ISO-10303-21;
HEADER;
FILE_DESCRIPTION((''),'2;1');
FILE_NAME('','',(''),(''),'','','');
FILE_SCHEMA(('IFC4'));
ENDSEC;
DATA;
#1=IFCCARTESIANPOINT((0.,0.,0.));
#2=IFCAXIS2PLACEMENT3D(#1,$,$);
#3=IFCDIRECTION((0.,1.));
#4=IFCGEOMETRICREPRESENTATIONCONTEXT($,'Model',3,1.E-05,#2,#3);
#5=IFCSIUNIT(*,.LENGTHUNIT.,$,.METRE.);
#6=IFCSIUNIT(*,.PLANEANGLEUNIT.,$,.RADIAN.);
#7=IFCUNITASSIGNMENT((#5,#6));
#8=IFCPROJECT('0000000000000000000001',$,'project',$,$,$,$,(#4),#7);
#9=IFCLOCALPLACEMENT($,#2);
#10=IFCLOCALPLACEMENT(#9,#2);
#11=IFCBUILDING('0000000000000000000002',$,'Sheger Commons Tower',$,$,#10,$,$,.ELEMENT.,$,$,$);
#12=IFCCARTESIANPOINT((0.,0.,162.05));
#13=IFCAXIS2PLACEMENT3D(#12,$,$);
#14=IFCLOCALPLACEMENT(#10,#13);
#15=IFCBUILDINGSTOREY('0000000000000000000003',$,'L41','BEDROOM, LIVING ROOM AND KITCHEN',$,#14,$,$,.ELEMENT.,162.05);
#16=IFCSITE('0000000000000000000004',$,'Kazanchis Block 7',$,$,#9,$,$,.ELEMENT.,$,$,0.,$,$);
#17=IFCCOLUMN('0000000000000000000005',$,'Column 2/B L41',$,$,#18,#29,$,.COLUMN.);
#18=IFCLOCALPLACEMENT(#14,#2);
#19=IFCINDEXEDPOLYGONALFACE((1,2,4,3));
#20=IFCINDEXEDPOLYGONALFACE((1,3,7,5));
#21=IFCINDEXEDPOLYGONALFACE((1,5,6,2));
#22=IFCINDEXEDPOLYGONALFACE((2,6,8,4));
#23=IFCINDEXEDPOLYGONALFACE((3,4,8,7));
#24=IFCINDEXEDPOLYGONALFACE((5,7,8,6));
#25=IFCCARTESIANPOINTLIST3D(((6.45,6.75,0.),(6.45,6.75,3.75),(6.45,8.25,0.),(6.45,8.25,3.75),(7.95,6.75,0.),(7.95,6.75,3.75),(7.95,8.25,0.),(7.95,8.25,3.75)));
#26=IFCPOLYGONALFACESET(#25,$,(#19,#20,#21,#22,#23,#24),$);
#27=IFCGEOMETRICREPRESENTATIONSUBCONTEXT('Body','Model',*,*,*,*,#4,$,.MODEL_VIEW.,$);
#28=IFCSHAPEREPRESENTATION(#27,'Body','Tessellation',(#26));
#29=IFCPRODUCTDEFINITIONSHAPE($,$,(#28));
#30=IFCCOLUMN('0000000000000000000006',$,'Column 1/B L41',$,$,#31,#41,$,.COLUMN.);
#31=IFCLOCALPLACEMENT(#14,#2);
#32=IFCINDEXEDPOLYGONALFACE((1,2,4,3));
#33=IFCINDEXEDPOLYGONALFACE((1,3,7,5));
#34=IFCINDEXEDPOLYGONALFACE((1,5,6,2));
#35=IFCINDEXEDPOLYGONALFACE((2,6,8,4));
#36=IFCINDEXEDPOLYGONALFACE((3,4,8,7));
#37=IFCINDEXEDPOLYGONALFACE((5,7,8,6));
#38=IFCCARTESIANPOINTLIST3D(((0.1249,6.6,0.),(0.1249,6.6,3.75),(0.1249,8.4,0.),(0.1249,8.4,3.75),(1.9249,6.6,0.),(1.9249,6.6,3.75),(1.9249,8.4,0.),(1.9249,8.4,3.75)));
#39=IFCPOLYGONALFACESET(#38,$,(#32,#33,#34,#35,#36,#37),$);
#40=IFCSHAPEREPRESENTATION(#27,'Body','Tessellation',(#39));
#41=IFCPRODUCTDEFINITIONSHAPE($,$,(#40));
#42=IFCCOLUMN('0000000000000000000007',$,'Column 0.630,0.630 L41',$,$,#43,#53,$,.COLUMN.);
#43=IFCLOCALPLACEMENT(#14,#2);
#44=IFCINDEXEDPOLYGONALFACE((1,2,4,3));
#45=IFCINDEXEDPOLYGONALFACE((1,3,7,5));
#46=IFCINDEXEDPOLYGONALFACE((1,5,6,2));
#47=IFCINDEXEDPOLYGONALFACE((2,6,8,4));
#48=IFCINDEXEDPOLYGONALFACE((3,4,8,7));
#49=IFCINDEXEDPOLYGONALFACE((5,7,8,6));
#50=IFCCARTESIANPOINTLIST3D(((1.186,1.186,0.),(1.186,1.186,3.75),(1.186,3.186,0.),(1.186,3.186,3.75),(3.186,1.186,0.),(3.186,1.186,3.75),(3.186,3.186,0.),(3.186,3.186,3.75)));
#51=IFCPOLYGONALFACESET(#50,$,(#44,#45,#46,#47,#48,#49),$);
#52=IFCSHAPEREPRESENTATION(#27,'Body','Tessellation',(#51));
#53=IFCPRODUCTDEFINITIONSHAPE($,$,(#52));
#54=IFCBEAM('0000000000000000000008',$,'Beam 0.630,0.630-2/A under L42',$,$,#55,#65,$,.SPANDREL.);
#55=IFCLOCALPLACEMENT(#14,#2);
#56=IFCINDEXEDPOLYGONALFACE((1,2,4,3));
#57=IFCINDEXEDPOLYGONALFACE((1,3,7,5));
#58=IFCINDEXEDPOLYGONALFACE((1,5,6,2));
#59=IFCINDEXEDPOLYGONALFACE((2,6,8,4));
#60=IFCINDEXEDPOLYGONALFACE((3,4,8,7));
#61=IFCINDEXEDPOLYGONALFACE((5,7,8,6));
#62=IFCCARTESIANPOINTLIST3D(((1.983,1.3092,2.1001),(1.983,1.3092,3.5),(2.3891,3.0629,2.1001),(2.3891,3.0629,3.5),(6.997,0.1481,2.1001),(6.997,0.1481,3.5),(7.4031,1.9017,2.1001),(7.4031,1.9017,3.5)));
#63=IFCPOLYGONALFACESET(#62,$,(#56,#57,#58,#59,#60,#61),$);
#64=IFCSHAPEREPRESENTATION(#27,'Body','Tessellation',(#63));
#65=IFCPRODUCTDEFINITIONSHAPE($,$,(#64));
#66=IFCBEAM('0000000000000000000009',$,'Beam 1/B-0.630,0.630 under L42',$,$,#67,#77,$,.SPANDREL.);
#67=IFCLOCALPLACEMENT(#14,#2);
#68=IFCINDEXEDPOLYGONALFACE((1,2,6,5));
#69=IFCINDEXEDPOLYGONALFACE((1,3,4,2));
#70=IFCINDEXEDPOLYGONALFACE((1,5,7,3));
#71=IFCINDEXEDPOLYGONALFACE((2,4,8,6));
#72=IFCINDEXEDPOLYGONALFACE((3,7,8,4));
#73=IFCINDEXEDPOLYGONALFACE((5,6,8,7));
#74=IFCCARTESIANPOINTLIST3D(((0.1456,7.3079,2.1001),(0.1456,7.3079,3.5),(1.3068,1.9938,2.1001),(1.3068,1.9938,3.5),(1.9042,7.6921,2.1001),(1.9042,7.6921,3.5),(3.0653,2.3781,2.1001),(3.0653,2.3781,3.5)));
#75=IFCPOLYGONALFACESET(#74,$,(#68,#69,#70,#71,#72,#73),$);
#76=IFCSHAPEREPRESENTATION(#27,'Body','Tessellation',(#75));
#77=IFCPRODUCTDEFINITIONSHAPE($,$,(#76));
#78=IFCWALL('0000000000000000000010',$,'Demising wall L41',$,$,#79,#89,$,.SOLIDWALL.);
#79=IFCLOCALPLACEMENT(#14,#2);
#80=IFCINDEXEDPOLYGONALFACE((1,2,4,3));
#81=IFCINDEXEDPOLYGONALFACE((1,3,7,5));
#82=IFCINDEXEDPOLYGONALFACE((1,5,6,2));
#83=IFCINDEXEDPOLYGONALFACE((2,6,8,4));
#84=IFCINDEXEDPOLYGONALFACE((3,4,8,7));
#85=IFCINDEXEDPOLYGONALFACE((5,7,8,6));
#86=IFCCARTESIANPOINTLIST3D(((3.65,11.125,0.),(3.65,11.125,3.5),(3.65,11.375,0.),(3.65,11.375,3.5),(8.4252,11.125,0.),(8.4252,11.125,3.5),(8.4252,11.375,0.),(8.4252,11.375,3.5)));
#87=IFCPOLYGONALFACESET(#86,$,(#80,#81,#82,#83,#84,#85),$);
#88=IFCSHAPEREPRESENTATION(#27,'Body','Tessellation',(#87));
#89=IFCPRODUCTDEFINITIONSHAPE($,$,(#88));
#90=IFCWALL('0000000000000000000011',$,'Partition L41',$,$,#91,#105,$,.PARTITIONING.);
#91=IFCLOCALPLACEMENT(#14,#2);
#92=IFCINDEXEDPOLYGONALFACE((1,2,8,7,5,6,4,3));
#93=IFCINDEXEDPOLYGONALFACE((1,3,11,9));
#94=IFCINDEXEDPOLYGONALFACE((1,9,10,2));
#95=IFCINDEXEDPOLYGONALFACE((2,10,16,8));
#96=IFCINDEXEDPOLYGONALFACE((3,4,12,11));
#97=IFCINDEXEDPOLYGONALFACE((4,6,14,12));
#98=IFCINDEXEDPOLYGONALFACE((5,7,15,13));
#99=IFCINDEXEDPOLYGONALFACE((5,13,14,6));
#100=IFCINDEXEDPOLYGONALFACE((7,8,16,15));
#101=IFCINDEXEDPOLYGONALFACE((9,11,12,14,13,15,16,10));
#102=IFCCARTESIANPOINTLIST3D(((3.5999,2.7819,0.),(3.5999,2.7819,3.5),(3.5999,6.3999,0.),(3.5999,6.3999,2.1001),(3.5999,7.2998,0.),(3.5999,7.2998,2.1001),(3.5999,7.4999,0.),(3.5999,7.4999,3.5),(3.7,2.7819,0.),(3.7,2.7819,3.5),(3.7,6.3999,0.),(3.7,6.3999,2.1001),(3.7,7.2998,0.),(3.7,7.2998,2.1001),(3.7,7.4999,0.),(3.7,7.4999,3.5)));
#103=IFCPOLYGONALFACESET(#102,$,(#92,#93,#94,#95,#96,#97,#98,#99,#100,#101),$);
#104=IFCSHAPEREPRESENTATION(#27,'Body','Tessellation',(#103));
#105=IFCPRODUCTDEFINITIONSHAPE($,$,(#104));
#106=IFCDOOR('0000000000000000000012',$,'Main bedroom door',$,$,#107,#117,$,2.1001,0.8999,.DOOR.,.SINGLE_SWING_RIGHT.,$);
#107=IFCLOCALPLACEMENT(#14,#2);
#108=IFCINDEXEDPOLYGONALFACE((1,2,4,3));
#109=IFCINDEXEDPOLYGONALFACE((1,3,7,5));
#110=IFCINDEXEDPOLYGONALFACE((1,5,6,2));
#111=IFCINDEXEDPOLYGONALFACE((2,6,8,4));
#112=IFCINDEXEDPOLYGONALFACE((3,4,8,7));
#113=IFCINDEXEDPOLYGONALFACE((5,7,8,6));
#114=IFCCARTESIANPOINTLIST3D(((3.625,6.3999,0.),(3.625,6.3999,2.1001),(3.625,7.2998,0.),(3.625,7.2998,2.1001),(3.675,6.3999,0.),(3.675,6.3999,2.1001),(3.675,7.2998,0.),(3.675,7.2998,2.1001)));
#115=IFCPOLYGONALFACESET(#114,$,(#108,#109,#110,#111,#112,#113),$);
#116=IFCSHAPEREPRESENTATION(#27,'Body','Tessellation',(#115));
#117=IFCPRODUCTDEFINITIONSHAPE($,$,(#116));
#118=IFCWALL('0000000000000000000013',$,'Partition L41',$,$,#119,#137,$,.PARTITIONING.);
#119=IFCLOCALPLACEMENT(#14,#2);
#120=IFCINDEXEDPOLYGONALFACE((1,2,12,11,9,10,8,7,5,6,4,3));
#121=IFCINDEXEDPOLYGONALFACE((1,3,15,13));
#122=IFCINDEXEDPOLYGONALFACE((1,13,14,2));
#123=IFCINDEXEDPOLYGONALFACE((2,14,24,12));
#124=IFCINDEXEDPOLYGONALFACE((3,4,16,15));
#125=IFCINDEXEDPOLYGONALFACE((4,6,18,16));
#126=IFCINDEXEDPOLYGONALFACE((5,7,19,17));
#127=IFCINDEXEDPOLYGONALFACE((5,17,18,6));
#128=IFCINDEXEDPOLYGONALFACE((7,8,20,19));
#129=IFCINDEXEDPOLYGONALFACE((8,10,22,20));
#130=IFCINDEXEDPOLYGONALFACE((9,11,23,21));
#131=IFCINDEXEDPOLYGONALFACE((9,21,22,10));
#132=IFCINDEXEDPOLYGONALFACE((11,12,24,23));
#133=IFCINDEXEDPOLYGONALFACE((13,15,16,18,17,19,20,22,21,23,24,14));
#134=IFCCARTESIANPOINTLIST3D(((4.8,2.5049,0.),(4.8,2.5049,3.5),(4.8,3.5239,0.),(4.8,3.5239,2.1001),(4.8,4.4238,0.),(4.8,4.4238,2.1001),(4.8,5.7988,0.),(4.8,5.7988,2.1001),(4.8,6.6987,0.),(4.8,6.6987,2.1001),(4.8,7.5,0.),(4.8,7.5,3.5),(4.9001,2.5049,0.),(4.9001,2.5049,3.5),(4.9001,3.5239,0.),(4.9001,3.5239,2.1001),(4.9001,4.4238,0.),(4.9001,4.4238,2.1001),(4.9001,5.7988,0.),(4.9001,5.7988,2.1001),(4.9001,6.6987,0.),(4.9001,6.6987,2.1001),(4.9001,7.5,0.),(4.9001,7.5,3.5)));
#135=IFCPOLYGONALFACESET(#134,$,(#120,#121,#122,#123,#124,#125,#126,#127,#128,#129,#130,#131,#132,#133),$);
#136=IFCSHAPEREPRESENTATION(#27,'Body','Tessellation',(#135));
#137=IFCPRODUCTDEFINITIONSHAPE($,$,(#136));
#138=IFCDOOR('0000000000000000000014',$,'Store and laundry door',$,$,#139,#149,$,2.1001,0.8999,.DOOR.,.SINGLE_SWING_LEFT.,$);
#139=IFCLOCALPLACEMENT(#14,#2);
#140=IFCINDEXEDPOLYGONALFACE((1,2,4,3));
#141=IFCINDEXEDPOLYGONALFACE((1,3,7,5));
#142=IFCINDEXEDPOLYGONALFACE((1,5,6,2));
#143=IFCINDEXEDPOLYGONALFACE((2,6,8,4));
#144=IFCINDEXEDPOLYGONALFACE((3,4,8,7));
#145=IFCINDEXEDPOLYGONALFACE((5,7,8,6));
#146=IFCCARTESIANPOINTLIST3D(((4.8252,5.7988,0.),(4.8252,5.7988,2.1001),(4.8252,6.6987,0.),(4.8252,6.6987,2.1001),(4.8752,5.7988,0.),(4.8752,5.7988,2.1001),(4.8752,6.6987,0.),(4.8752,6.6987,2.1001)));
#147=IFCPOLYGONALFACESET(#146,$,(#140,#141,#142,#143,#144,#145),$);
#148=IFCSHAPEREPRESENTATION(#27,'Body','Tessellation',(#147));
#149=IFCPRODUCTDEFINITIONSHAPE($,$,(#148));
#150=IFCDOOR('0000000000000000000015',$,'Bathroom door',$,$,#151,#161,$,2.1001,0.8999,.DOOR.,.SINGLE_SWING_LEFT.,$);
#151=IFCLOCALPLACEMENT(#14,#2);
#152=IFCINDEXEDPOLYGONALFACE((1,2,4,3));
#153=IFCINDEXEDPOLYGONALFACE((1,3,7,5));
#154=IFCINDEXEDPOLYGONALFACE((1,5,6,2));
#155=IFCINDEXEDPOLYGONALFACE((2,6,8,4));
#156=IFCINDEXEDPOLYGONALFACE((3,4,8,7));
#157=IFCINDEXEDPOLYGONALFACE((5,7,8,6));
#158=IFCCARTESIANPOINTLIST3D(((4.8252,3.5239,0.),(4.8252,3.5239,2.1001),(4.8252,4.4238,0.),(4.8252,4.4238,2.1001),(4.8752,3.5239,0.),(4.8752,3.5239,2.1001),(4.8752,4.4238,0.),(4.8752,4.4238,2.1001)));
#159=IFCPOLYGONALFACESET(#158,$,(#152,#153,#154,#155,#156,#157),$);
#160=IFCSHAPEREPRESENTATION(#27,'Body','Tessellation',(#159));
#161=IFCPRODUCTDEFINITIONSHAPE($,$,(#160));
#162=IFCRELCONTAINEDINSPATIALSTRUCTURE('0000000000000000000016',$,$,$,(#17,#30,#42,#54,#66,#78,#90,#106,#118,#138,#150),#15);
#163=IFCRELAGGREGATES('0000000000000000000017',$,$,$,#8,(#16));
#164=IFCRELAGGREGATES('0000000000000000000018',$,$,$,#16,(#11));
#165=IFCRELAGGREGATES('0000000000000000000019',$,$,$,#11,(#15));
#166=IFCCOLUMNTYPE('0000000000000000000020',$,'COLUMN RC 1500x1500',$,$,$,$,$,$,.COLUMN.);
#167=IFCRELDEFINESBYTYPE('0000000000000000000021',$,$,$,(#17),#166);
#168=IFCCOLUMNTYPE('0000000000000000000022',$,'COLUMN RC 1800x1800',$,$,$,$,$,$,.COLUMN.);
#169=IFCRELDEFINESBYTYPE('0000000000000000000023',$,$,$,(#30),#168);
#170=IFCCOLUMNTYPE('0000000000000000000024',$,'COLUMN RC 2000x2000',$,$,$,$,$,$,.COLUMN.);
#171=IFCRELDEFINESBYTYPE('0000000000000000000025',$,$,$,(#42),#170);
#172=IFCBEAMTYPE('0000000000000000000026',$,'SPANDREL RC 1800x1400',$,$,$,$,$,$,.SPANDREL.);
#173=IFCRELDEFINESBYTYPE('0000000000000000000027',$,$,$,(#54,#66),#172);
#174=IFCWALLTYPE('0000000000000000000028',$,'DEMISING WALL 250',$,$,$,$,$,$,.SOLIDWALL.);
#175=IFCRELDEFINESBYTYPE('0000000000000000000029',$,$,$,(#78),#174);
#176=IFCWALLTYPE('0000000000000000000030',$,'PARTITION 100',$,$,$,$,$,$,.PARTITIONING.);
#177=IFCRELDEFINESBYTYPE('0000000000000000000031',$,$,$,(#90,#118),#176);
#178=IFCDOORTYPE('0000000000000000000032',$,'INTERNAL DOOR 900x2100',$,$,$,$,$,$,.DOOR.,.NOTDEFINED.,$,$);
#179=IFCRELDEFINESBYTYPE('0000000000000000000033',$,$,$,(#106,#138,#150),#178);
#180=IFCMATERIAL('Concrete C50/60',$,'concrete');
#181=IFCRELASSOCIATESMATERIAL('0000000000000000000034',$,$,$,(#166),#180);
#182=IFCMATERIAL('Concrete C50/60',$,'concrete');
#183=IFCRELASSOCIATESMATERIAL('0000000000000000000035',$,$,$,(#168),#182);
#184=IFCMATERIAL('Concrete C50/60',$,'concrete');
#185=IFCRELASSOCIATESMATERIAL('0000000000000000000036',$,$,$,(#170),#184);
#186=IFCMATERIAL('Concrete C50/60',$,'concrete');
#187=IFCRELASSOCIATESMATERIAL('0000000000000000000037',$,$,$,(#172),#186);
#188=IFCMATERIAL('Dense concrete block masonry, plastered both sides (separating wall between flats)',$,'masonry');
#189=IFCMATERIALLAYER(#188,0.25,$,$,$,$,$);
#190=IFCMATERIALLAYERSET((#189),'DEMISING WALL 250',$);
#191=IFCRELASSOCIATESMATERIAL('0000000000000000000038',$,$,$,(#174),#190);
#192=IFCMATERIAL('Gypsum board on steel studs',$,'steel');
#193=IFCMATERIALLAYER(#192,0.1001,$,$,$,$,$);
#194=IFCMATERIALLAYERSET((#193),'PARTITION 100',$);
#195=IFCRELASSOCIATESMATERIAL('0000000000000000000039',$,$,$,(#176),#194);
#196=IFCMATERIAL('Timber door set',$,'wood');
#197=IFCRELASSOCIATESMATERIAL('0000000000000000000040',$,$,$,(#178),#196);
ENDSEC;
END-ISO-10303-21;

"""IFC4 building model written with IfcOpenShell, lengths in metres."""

from ifc_helpers import new_model, si_unit, direction, frame, frame_2d, origin, origin_2d, place, context, subcontext, project, spatial, rectangle, extrude, material, layer, layer_set, material_profile, profile_set, type_object, element, fill, save


model = new_model("IFC4")

# Units and contexts
model_context = context("Model", 3, precision=1e-05, world=origin(), true_north=direction((0.0, 1.0)))
body_context = subcontext(model_context, "Body", "Model", "MODEL_VIEW")
ifc_project = project(units=[si_unit("LENGTHUNIT", "METRE"), si_unit("PLANEANGLEUNIT", "RADIAN")], contexts=[model_context])

# Site, building, storey
site_placement = place(None, origin())
site = spatial("IfcSite", under=ifc_project, at=site_placement, Name="Kazanchis Block 7", CompositionType="ELEMENT", RefElevation=0.0)
building_placement = place(site_placement, origin())
building = spatial("IfcBuilding", under=site, at=building_placement, Name="Sheger Commons Tower", CompositionType="ELEMENT")
storey_placement = place(building_placement, frame((0.0, 0.0, 162.05)))
storey = spatial("IfcBuildingStorey", under=building, at=storey_placement, Name="L41", Description="BEDROOM, LIVING ROOM AND KITCHEN", CompositionType="ELEMENT", Elevation=162.05)

# Columns
ifc_material_1 = material(Name="Concrete C50/60", Category="concrete")
ifc_material_profile_1 = material_profile(ifc_material_1, rectangle(XDim=1.5, YDim=1.5, at=origin_2d()), Name="RC 1500x1500")
ifc_profile_set_1 = profile_set([ifc_material_profile_1], Name="Concrete C50/60")
column_type_1 = type_object("IfcColumnType", Name="COLUMN RC 1500x1500", PredefinedType="COLUMN", material=ifc_profile_set_1)
column_1_placement = place(storey_placement, frame((7.2, 7.5, 0.0), z_axis=(0.0, 0.0, 1.0), x_axis=(1.0, 0.0, 0.0)))
element("IfcColumn", 1, at=column_1_placement, inside=storey, type_object=column_type_1, Name="Column 2/B L41", PredefinedType="COLUMN", context=body_context, shape_type="SweptSolid", body=[
    extrude(rectangle(XDim=1.5, YDim=1.5, at=origin_2d()), origin(), (0.0, 0.0, 1.0), 3.75),
])
ifc_material_2 = material(Name="Concrete C50/60", Category="concrete")
ifc_material_profile_2 = material_profile(ifc_material_2, rectangle(XDim=1.8, YDim=1.8, at=origin_2d()), Name="RC 1800x1800")
ifc_profile_set_2 = profile_set([ifc_material_profile_2], Name="Concrete C50/60")
column_type_2 = type_object("IfcColumnType", Name="COLUMN RC 1800x1800", PredefinedType="COLUMN", material=ifc_profile_set_2)
column_2_placement = place(storey_placement, frame((1.0249, 7.5, 0.0), z_axis=(0.0, 0.0, 1.0), x_axis=(1.0, 0.0, 0.0)))
element("IfcColumn", 2, at=column_2_placement, inside=storey, type_object=column_type_2, Name="Column 1/B L41", PredefinedType="COLUMN", context=body_context, shape_type="SweptSolid", body=[
    extrude(rectangle(XDim=1.8, YDim=1.8, at=origin_2d()), origin(), (0.0, 0.0, 1.0), 3.75),
])
ifc_material_3 = material(Name="Concrete C50/60", Category="concrete")
ifc_material_profile_3 = material_profile(ifc_material_3, rectangle(XDim=2.0, YDim=2.0, at=origin_2d()), Name="RC 2000x2000")
ifc_profile_set_3 = profile_set([ifc_material_profile_3], Name="Concrete C50/60")
column_type_3 = type_object("IfcColumnType", Name="COLUMN RC 2000x2000", PredefinedType="COLUMN", material=ifc_profile_set_3)
column_3_placement = place(storey_placement, frame((2.186, 2.186, 0.0), z_axis=(0.0, 0.0, 1.0), x_axis=(1.0, 0.0, 0.0)))
element("IfcColumn", 3, at=column_3_placement, inside=storey, type_object=column_type_3, Name="Column 0.630,0.630 L41", PredefinedType="COLUMN", context=body_context, shape_type="SweptSolid", body=[
    extrude(rectangle(XDim=2.0, YDim=2.0, at=origin_2d()), origin(), (0.0, 0.0, 1.0), 3.75),
])

# Beams
ifc_material_4 = material(Name="Concrete C50/60", Category="concrete")
ifc_material_profile_4 = material_profile(ifc_material_4, rectangle(XDim=1.8, YDim=1.3999, at=origin_2d()), Name="RC 1800x1400")
ifc_profile_set_4 = profile_set([ifc_material_profile_4], Name="Concrete C50/60")
beam_type = type_object("IfcBeamType", Name="SPANDREL RC 1800x1400", PredefinedType="SPANDREL", material=ifc_profile_set_4)
beam_1_placement = place(storey_placement, frame((2.186, 2.186, 2.8), z_axis=(0.974217, -0.225611, 0.0), x_axis=(0.225611, 0.974217, 0.0)))
element("IfcBeam", 4, at=beam_1_placement, inside=storey, type_object=beam_type, Name="Beam 0.630,0.630-2/A under L42", PredefinedType="SPANDREL", context=body_context, shape_type="SweptSolid", body=[
    extrude(rectangle(XDim=1.8, YDim=1.3999, at=origin_2d()), origin(), (0.0, 0.0, 1.0), 5.1467),
])
beam_2_placement = place(storey_placement, frame((1.0249, 7.5, 2.8), z_axis=(0.213469, -0.97695, 0.0), x_axis=(0.97695, 0.213469, 0.0)))
element("IfcBeam", 5, at=beam_2_placement, inside=storey, type_object=beam_type, Name="Beam 1/B-0.630,0.630 under L42", PredefinedType="SPANDREL", context=body_context, shape_type="SweptSolid", body=[
    extrude(rectangle(XDim=1.8, YDim=1.3999, at=origin_2d()), origin(), (0.0, 0.0, 1.0), 5.4395),
])

# Wall
ifc_material_5 = material(Name="Dense concrete block masonry, plastered both sides (separating wall between flats)", Category="masonry")
ifc_layer_1 = layer(ifc_material_5, 0.25)
ifc_layer_set_1 = layer_set([ifc_layer_1], Name="DEMISING WALL 250")
wall_type_1 = type_object("IfcWallType", Name="DEMISING WALL 250", PredefinedType="SOLIDWALL", material=ifc_layer_set_1)
wall_1_placement = place(storey_placement, frame((3.6499, 11.25, 0.0), z_axis=(0.0, 0.0, 1.0), x_axis=(1.0, 0.0, 0.0)))
element("IfcWall", 6, at=wall_1_placement, inside=storey, type_object=wall_type_1, Name="Demising wall L41", PredefinedType="SOLIDWALL", context=body_context, shape_type="SweptSolid", body=[
    extrude(rectangle(XDim=4.7751, YDim=0.25, at=frame_2d((2.3877, 0.0))), origin(), (0.0, 0.0, 1.0), 3.5),
])

# Wall, opening, door
ifc_material_6 = material(Name="Gypsum board on steel studs", Category="steel")
ifc_layer_2 = layer(ifc_material_6, 0.1001)
ifc_layer_set_2 = layer_set([ifc_layer_2], Name="PARTITION 100")
wall_type_2 = type_object("IfcWallType", Name="PARTITION 100", PredefinedType="PARTITIONING", material=ifc_layer_set_2)
wall_2_placement = place(storey_placement, frame((3.6499, 2.782, 0.0), z_axis=(0.0, 0.0, 1.0), x_axis=(0.0, 1.0, 0.0)))
wall_2 = element("IfcWall", 7, at=wall_2_placement, inside=storey, type_object=wall_type_2, Name="Partition L41", PredefinedType="PARTITIONING", context=body_context, shape_type="SweptSolid", body=[
    extrude(rectangle(XDim=4.718, YDim=0.1001, at=frame_2d((2.3589, 0.0))), origin(), (0.0, 0.0, 1.0), 3.5),
])
opening_1_placement = place(wall_2_placement, frame((3.6179, 0.0, 0.0)))
opening_1 = element("IfcOpeningElement", 8, at=opening_1_placement, cuts=wall_2, PredefinedType="OPENING", context=body_context, shape_type="SweptSolid", body=[
    extrude(rectangle(XDim=0.8999, YDim=2.1001, at=frame_2d((0.45, 1.05))), frame((0.0, 0.0601, 0.0), z_axis=(0.0, -1.0, 0.0), x_axis=(1.0, 0.0, 0.0)), (0.0, 0.0, 1.0), 0.1201),
])
ifc_material_7 = material(Name="Timber door set", Category="wood")
door_type = type_object("IfcDoorType", Name="INTERNAL DOOR 900x2100", OperationType="NOTDEFINED", PredefinedType="DOOR", material=ifc_material_7)
door_1_placement = place(opening_1_placement, origin())
door_1 = element("IfcDoor", 9, at=door_1_placement, inside=storey, type_object=door_type, Name="Main bedroom door", OperationType="SINGLE_SWING_RIGHT", OverallHeight=2.1001, OverallWidth=0.8999, PredefinedType="DOOR", context=body_context, shape_type="SweptSolid", body=[
    extrude(rectangle(XDim=0.8999, YDim=2.1001, at=frame_2d((0.45, 1.05))), frame((0.0, 0.0249, 0.0), z_axis=(0.0, -1.0, 0.0), x_axis=(1.0, 0.0, 0.0)), (0.0, 0.0, 1.0), 0.05),
])
fill(opening_1, door_1)

# Wall, openings, doors
wall_3_placement = place(storey_placement, frame((4.8501, 2.5049, 0.0), z_axis=(0.0, 0.0, 1.0), x_axis=(0.0, 1.0, 0.0)))
wall_3 = element("IfcWall", 10, at=wall_3_placement, inside=storey, type_object=wall_type_2, Name="Partition L41", PredefinedType="PARTITIONING", context=body_context, shape_type="SweptSolid", body=[
    extrude(rectangle(XDim=4.9951, YDim=0.1001, at=frame_2d((2.4976, 0.0))), origin(), (0.0, 0.0, 1.0), 3.5),
])
opening_2_placement = place(wall_3_placement, frame((3.2939, 0.0, 0.0)))
opening_2 = element("IfcOpeningElement", 11, at=opening_2_placement, cuts=wall_3, PredefinedType="OPENING", context=body_context, shape_type="SweptSolid", body=[
    extrude(rectangle(XDim=0.8999, YDim=2.1001, at=frame_2d((0.45, 1.05))), frame((0.0, 0.0601, 0.0), z_axis=(0.0, -1.0, 0.0), x_axis=(1.0, 0.0, 0.0)), (0.0, 0.0, 1.0), 0.1201),
])
opening_3_placement = place(wall_3_placement, frame((1.019, 0.0, 0.0)))
opening_3 = element("IfcOpeningElement", 12, at=opening_3_placement, cuts=wall_3, PredefinedType="OPENING", context=body_context, shape_type="SweptSolid", body=[
    extrude(rectangle(XDim=0.8999, YDim=2.1001, at=frame_2d((0.45, 1.05))), frame((0.0, 0.0601, 0.0), z_axis=(0.0, -1.0, 0.0), x_axis=(1.0, 0.0, 0.0)), (0.0, 0.0, 1.0), 0.1201),
])
door_2_placement = place(opening_2_placement, origin())
door_2 = element("IfcDoor", 13, at=door_2_placement, inside=storey, type_object=door_type, Name="Store and laundry door", OperationType="SINGLE_SWING_LEFT", OverallHeight=2.1001, OverallWidth=0.8999, PredefinedType="DOOR", context=body_context, shape_type="SweptSolid", body=[
    extrude(rectangle(XDim=0.8999, YDim=2.1001, at=frame_2d((0.45, 1.05))), frame((0.0, 0.0249, 0.0), z_axis=(0.0, -1.0, 0.0), x_axis=(1.0, 0.0, 0.0)), (0.0, 0.0, 1.0), 0.05),
])
fill(opening_2, door_2)
door_3_placement = place(opening_3_placement, origin())
door_3 = element("IfcDoor", 14, at=door_3_placement, inside=storey, type_object=door_type, Name="Bathroom door", OperationType="SINGLE_SWING_LEFT", OverallHeight=2.1001, OverallWidth=0.8999, PredefinedType="DOOR", context=body_context, shape_type="SweptSolid", body=[
    extrude(rectangle(XDim=0.8999, YDim=2.1001, at=frame_2d((0.45, 1.05))), frame((0.0, 0.0249, 0.0), z_axis=(0.0, -1.0, 0.0), x_axis=(1.0, 0.0, 0.0)), (0.0, 0.0, 1.0), 0.05),
])
fill(opening_3, door_3)

save(model, "model.ifc")
